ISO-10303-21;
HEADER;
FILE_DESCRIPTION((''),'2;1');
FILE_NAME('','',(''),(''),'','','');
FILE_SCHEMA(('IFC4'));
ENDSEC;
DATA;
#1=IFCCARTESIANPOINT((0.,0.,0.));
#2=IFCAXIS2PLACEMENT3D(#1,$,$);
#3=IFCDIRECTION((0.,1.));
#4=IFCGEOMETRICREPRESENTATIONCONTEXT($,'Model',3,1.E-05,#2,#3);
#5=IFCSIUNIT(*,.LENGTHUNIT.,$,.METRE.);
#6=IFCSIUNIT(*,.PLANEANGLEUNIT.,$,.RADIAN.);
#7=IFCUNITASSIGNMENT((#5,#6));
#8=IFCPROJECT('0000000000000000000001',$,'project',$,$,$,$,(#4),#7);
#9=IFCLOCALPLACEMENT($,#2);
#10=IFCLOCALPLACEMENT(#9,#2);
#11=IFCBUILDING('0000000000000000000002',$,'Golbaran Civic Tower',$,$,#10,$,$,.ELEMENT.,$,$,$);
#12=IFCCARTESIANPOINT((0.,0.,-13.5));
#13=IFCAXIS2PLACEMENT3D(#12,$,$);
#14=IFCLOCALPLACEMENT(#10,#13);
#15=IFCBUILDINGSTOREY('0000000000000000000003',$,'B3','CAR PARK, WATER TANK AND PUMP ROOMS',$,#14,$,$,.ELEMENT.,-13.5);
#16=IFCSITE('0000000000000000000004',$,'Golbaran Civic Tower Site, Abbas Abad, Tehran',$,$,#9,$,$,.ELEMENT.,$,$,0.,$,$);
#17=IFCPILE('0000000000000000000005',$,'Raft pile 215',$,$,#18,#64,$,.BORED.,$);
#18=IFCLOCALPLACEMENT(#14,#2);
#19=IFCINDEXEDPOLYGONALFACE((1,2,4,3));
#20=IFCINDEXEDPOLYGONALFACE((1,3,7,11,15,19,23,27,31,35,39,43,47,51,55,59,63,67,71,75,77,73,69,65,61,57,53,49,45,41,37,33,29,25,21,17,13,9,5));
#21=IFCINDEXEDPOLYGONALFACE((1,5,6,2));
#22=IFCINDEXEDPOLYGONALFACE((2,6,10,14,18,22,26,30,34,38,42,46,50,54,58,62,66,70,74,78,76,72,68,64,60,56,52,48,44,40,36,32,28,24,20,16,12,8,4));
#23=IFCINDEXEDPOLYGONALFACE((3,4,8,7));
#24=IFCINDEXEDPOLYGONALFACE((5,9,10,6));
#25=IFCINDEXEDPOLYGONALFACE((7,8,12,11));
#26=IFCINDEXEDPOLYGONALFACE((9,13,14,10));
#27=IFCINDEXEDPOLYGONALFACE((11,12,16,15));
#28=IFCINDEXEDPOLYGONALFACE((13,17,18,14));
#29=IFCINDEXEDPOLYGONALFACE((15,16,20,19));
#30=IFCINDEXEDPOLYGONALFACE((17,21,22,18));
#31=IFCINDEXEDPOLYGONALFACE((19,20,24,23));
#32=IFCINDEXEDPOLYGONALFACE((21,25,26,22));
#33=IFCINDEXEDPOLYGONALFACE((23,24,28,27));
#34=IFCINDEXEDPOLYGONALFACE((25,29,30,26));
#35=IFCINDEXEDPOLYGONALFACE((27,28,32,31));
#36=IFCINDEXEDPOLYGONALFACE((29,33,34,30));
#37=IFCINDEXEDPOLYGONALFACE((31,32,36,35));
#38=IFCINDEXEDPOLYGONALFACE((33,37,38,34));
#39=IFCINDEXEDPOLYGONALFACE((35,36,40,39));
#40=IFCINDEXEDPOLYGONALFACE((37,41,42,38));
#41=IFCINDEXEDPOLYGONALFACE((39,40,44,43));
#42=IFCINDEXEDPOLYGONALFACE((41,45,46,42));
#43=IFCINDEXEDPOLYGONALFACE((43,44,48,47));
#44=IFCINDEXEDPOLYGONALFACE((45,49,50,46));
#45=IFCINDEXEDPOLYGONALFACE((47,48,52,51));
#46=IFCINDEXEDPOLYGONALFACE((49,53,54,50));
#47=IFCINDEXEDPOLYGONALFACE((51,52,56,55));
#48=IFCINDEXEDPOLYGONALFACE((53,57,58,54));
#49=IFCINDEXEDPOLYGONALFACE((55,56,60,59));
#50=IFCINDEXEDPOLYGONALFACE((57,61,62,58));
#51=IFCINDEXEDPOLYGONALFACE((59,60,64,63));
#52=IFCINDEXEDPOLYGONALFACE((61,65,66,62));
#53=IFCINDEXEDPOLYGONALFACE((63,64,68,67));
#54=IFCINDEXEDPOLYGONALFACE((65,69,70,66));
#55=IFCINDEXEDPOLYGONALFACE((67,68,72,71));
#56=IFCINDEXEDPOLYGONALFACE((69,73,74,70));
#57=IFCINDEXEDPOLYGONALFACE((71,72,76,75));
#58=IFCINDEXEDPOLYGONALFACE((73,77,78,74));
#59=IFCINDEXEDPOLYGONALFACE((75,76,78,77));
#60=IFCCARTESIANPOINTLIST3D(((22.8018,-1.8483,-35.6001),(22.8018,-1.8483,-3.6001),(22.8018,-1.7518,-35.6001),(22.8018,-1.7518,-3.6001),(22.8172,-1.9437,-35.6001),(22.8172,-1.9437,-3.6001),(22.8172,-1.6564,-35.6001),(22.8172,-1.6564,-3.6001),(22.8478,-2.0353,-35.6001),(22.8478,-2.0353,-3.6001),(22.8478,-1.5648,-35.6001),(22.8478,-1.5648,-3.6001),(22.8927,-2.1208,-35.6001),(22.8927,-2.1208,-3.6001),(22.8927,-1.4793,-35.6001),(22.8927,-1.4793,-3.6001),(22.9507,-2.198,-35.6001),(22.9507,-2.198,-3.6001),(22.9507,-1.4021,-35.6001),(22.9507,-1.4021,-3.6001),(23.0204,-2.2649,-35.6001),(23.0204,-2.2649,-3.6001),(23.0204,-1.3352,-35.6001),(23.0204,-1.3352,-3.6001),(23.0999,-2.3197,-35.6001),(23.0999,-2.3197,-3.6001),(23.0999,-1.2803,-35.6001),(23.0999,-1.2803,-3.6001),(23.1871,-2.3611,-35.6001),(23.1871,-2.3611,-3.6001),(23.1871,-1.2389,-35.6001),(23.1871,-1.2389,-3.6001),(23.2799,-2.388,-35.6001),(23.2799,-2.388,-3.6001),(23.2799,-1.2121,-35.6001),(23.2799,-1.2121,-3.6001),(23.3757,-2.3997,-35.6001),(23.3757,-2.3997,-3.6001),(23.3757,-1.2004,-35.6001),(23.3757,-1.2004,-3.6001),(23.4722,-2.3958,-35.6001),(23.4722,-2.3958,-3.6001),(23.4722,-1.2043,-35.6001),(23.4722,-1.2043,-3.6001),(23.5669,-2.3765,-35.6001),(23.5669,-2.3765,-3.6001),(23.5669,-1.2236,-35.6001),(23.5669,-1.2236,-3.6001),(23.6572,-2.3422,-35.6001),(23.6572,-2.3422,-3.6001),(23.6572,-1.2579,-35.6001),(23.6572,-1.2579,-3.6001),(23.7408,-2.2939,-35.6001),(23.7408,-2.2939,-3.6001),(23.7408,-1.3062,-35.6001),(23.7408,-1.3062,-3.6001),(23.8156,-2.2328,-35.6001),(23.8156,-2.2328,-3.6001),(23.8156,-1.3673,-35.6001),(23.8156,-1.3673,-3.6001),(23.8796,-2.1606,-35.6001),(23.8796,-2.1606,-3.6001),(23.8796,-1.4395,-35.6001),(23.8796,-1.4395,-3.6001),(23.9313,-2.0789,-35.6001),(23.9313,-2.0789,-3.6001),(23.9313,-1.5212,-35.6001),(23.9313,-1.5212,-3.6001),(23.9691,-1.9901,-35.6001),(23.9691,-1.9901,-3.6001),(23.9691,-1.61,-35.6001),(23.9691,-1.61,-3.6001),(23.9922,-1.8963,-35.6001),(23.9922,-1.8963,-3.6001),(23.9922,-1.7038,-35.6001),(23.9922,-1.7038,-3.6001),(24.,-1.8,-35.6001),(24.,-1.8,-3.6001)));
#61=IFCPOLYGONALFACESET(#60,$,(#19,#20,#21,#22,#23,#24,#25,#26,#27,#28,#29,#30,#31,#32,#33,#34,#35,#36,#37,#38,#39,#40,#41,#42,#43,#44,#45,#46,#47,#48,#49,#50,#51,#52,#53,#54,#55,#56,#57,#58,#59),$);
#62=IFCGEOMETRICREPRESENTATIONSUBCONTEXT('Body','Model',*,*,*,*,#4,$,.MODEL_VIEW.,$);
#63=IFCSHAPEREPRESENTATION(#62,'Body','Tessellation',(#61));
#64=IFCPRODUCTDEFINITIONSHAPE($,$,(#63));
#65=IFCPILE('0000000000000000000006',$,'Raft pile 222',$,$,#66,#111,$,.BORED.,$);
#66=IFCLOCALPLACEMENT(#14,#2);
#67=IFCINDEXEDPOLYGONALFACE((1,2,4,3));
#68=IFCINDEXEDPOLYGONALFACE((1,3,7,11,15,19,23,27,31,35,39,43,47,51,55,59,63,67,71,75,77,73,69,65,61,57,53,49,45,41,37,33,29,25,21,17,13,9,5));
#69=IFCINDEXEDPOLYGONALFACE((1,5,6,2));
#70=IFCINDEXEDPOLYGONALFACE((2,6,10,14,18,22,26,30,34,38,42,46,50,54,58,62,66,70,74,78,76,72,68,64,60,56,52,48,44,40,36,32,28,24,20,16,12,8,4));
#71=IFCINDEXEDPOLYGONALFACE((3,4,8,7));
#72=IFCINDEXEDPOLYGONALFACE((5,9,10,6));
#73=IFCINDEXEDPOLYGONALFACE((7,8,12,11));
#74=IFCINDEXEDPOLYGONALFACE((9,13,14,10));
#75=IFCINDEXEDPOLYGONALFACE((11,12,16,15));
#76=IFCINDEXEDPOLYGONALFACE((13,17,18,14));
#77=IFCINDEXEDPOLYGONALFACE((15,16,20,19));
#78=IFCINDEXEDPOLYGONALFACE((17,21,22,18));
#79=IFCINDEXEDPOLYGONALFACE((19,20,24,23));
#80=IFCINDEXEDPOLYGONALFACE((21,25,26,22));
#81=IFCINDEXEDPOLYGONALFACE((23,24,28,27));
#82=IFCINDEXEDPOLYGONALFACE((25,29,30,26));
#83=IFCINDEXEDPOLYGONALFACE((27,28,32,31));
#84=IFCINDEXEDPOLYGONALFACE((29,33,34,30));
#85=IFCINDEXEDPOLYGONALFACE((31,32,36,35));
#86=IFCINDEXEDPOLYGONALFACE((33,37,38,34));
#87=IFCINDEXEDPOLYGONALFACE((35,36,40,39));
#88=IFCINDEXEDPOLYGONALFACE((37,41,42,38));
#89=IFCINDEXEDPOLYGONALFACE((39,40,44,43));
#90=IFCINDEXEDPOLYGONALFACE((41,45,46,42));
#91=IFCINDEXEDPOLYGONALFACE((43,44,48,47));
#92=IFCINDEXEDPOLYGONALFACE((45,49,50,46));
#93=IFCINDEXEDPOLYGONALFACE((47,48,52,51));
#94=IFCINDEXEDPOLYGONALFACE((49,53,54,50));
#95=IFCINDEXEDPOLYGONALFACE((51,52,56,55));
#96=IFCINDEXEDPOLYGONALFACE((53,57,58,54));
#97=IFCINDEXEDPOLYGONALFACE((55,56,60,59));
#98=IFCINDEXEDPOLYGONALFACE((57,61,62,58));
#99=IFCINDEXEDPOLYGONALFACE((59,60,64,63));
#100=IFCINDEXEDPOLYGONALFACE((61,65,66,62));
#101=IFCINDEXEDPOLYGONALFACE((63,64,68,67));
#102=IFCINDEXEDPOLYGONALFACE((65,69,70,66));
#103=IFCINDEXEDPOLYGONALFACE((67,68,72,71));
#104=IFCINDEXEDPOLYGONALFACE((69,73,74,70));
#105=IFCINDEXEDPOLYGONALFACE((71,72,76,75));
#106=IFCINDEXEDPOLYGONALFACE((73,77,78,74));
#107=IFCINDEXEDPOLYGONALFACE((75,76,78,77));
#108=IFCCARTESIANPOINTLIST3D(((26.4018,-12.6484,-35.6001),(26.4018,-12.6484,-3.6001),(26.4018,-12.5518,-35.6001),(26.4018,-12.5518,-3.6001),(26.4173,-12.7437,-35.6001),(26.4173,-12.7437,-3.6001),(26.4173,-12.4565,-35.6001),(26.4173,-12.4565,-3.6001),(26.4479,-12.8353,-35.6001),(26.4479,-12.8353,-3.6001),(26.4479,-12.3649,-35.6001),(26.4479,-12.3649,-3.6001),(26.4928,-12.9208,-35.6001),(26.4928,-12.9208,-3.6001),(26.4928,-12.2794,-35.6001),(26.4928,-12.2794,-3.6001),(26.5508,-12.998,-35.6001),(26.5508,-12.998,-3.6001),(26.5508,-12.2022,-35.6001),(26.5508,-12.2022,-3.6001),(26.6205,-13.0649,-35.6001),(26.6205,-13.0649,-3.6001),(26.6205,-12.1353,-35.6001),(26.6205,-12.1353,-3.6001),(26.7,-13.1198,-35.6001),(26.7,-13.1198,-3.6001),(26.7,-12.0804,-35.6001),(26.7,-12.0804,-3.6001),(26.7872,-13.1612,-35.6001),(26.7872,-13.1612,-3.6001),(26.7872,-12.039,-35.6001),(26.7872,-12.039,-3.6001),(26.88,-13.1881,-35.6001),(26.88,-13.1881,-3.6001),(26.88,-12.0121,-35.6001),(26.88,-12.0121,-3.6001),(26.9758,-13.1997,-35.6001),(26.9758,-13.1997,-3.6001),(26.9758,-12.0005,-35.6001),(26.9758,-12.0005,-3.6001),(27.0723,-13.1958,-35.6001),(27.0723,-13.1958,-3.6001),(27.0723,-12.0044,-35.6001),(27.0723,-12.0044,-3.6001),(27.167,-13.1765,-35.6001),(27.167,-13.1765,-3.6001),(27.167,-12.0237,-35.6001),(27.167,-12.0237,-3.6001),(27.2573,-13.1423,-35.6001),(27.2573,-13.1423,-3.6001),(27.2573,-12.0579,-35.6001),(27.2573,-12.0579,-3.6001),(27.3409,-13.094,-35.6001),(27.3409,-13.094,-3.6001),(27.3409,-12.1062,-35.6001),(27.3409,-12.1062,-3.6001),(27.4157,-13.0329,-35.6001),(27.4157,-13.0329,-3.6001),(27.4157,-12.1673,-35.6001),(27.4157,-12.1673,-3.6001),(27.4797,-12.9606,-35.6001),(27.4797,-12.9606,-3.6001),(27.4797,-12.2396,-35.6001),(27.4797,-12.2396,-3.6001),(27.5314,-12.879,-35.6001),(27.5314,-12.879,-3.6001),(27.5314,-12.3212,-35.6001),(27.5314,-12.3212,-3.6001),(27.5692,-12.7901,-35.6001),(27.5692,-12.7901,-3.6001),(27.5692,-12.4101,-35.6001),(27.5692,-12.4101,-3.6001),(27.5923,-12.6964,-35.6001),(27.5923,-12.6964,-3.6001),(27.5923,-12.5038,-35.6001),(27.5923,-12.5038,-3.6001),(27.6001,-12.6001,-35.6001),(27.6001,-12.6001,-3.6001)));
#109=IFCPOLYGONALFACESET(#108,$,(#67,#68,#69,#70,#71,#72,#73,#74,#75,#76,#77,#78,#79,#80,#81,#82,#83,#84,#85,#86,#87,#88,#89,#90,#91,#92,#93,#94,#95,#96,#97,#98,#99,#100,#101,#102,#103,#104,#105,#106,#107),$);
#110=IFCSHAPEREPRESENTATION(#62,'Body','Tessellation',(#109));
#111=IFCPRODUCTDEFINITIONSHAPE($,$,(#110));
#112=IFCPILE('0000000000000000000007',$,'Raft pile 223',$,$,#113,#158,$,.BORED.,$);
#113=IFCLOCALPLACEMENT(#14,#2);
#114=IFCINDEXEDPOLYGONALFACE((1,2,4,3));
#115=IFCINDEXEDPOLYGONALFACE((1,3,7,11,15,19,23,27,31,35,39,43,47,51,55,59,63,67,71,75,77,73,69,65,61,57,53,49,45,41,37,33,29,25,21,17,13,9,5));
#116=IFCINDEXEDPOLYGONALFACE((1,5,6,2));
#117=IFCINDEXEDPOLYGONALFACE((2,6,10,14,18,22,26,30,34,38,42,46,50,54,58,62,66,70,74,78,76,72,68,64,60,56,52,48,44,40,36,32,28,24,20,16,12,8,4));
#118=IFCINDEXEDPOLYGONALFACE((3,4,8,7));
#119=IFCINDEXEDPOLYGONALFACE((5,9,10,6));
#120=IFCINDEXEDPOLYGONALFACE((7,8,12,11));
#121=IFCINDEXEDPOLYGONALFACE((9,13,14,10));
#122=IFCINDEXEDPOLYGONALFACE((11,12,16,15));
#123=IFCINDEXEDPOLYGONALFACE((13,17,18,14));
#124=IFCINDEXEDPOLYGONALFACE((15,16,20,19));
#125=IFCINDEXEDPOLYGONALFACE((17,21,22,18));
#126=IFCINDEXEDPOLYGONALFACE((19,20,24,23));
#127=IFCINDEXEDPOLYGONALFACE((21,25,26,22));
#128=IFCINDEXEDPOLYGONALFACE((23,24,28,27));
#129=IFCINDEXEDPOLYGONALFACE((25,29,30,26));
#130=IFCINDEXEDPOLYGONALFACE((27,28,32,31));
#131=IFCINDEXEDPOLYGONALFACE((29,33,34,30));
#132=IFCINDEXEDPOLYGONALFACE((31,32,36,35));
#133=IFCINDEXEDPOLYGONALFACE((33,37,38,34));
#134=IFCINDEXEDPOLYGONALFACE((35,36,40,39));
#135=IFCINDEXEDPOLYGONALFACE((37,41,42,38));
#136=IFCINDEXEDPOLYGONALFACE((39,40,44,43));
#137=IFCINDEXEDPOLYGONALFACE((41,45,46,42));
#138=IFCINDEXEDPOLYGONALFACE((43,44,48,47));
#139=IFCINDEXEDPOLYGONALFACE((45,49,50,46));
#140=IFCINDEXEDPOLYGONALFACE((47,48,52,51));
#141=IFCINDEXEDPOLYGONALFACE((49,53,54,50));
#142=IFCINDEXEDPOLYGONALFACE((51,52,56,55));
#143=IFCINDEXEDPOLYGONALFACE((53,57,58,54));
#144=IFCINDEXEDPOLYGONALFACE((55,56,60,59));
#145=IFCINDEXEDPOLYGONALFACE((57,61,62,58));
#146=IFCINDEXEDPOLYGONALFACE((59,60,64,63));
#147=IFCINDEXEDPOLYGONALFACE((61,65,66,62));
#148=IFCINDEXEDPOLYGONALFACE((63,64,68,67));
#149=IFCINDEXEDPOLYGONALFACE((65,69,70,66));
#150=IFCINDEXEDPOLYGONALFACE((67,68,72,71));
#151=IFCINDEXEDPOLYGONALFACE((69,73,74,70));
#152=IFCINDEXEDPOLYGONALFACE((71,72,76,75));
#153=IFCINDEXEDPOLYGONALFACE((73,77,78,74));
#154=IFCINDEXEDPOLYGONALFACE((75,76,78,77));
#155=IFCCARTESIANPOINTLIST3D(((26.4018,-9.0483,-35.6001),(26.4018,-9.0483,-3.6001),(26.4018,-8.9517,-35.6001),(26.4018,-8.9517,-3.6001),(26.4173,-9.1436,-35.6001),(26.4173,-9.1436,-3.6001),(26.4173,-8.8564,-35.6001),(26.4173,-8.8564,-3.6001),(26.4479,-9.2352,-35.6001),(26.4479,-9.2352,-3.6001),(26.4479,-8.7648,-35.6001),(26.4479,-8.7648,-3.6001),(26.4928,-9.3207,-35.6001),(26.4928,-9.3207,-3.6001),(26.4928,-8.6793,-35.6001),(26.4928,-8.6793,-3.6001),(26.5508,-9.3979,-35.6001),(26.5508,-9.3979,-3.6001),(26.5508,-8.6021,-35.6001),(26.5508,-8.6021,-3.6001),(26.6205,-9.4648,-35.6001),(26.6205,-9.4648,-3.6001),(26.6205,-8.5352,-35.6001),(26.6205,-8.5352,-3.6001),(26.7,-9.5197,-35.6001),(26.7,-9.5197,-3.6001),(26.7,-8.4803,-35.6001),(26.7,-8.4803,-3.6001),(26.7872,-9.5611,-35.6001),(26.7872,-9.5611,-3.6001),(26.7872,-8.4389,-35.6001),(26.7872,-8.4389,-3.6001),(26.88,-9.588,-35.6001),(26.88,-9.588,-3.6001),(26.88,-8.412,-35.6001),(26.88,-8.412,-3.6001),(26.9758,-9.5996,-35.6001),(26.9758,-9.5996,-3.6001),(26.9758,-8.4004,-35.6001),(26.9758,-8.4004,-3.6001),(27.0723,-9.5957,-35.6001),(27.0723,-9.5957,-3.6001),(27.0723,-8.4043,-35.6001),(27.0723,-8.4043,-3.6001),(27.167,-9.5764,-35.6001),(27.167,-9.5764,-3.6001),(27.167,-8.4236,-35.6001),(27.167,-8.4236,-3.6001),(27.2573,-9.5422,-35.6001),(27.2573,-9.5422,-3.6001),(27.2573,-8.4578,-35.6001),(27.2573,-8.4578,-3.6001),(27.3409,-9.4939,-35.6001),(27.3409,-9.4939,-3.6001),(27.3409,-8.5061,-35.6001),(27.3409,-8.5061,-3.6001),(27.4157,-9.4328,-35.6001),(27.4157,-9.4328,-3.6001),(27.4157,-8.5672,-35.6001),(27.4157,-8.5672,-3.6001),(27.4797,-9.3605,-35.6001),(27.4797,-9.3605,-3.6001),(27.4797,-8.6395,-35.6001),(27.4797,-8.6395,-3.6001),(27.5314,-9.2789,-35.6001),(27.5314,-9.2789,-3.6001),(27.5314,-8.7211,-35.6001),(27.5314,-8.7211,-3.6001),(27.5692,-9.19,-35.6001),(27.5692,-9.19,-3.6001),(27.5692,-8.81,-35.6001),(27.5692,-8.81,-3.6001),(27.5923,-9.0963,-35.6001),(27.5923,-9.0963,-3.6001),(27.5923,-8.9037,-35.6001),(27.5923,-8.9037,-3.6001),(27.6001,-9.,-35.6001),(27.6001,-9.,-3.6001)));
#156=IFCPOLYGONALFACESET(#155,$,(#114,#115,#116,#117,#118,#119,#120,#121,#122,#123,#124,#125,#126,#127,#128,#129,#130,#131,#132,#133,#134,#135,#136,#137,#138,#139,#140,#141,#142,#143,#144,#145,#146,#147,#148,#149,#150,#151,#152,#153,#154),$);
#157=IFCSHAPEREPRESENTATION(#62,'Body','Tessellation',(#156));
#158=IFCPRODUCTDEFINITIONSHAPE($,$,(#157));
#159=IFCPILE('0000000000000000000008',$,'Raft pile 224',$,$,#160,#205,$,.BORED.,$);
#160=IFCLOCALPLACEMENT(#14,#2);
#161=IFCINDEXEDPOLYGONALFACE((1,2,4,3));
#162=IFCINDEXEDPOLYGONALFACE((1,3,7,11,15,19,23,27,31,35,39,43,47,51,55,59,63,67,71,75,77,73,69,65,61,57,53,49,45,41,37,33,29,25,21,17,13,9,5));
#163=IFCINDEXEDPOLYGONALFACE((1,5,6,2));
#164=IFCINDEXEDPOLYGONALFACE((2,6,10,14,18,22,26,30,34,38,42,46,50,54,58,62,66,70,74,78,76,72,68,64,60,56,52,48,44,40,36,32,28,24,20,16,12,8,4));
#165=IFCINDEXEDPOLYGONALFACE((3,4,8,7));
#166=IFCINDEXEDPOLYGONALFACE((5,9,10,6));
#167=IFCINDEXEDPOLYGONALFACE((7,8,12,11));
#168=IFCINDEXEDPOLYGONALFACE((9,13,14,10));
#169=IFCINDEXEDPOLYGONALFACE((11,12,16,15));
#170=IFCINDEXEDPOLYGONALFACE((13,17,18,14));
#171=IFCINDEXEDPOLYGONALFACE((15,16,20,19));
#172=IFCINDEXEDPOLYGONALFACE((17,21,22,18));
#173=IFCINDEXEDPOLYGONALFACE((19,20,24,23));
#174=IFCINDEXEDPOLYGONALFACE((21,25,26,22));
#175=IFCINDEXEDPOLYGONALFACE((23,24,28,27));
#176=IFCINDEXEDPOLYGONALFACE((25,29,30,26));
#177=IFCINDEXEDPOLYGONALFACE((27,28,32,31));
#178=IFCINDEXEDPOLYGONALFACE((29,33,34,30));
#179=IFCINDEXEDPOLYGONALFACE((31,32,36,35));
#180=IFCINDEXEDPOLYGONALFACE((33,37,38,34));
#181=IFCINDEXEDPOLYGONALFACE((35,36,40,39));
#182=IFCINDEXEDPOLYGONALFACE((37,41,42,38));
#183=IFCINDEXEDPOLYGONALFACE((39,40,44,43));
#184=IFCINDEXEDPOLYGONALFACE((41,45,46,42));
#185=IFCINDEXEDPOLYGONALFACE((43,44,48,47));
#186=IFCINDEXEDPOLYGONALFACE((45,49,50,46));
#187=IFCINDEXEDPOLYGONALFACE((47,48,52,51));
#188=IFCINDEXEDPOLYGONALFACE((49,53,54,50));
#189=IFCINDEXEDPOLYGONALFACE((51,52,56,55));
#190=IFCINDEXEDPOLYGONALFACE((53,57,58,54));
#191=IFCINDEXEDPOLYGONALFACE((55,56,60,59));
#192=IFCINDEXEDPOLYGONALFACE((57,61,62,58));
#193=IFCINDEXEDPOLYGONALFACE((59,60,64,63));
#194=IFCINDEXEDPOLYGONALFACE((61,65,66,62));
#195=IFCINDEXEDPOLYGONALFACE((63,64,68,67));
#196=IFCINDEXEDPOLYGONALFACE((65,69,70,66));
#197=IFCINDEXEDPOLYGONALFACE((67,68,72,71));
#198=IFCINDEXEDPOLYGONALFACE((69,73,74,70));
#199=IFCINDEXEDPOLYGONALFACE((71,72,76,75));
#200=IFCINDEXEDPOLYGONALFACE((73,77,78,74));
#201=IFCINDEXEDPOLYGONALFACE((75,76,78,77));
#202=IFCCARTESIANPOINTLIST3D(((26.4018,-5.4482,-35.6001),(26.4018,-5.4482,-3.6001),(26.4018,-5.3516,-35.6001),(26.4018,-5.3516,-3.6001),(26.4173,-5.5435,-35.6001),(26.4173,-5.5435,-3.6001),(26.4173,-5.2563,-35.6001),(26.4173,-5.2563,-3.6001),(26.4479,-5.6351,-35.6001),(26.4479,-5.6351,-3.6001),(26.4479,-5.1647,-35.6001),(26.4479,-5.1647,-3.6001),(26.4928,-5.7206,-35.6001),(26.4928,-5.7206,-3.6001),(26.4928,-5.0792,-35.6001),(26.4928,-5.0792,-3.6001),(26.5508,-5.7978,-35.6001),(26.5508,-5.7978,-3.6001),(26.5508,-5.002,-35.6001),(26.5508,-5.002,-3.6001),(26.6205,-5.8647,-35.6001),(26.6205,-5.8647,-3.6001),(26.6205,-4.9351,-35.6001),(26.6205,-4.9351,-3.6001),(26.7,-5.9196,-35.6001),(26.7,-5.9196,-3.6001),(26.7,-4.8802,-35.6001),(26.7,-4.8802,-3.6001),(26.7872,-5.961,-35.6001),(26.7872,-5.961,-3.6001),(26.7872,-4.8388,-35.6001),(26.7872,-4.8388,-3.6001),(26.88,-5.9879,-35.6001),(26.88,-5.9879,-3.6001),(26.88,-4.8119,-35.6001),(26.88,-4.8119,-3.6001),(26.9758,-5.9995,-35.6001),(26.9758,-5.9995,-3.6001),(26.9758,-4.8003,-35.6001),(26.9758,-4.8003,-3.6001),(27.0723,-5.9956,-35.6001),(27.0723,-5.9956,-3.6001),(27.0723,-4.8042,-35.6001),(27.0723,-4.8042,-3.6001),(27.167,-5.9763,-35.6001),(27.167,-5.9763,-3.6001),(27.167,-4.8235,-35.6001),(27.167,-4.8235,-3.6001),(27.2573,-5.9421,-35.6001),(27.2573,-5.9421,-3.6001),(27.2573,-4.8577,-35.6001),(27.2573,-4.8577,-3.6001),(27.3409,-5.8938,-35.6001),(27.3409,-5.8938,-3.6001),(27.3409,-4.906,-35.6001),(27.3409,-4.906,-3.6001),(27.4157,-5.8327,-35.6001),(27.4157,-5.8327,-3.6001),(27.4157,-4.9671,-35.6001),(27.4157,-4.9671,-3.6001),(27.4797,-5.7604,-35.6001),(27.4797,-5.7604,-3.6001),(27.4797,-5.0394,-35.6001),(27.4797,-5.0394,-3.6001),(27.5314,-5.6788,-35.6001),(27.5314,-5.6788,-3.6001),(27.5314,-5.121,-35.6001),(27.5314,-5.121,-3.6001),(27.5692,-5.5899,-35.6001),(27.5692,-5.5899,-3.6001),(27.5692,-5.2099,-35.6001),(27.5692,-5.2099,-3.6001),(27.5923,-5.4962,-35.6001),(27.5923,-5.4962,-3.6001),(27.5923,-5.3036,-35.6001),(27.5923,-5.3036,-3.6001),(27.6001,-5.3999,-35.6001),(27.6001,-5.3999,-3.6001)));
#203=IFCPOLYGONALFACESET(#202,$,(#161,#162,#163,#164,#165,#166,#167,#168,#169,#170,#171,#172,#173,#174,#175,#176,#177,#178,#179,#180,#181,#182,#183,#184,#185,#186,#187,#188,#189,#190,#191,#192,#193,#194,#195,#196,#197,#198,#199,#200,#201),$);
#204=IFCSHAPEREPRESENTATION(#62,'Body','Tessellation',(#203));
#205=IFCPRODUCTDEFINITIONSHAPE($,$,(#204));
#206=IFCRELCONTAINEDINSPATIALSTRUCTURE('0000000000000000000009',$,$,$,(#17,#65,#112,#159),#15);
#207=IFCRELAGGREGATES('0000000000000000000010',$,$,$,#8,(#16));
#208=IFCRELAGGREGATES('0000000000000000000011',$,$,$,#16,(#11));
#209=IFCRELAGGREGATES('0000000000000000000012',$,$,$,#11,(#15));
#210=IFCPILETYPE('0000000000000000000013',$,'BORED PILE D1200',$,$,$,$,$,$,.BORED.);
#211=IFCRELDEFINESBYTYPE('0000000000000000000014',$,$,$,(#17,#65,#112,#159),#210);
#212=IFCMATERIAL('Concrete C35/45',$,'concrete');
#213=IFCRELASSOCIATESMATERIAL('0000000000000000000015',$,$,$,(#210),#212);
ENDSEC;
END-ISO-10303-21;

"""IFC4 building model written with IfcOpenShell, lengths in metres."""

from ifc_helpers import new_model, si_unit, direction, frame, origin, origin_2d, place, context, subcontext, project, spatial, circle, extrude, material, material_profile, profile_set, type_object, element, save


model = new_model("IFC4")

# Units and contexts
model_context = context("Model", 3, precision=1e-05, world=origin(), true_north=direction((0.0, 1.0)))
body_context = subcontext(model_context, "Body", "Model", "MODEL_VIEW")
ifc_project = project(units=[si_unit("LENGTHUNIT", "METRE"), si_unit("PLANEANGLEUNIT", "RADIAN")], contexts=[model_context])

# Site, building, storey
site_placement = place(None, origin())
site = spatial("IfcSite", under=ifc_project, at=site_placement, Name="Golbaran Civic Tower Site, Abbas Abad, Tehran", CompositionType="ELEMENT", RefElevation=0.0)
building_placement = place(site_placement, origin())
building = spatial("IfcBuilding", under=site, at=building_placement, Name="Golbaran Civic Tower", CompositionType="ELEMENT")
storey_placement = place(building_placement, frame((0.0, 0.0, -13.5)))
storey = spatial("IfcBuildingStorey", under=building, at=storey_placement, Name="B3", Description="CAR PARK, WATER TANK AND PUMP ROOMS", CompositionType="ELEMENT", Elevation=-13.5)

# Piles
ifc_material_1 = material(Name="Concrete C35/45", Category="concrete")
ifc_material_profile_1 = material_profile(ifc_material_1, circle(Radius=0.6001, at=origin_2d()), Name="BORED PILE D1200")
ifc_profile_set_1 = profile_set([ifc_material_profile_1], Name="Concrete C35/45")
pile_type_1 = type_object("IfcPileType", Name="BORED PILE D1200", PredefinedType="BORED", material=ifc_profile_set_1)
for number, where, z_axis, x_axis, name in (
    (1, (23.3999, -1.8, -3.6001), (0.0, 0.0, -1.0), (1.0, 0.0, 0.0), "Raft pile 215"),
    (2, (27.0, -12.6001, -3.6001), (0.0, 0.0, -1.0), (1.0, 0.0, 0.0), "Raft pile 222"),
    (3, (27.0, -9.0, -3.6001), (0.0, 0.0, -1.0), (1.0, 0.0, 0.0), "Raft pile 223"),
    (4, (27.0, -5.3999, -3.6001), (0.0, 0.0, -1.0), (1.0, 0.0, 0.0), "Raft pile 224"),
):
    element("IfcPile", number, at=place(storey_placement, frame(where, z_axis=z_axis, x_axis=x_axis)), inside=storey, type_object=pile_type_1, Name=name, PredefinedType="BORED", context=body_context, shape_type="SweptSolid", body=[
        extrude(circle(Radius=0.6001, at=origin_2d()), origin(), (0.0, 0.0, 1.0), 32.0),
    ])

save(model, "model.ifc")
